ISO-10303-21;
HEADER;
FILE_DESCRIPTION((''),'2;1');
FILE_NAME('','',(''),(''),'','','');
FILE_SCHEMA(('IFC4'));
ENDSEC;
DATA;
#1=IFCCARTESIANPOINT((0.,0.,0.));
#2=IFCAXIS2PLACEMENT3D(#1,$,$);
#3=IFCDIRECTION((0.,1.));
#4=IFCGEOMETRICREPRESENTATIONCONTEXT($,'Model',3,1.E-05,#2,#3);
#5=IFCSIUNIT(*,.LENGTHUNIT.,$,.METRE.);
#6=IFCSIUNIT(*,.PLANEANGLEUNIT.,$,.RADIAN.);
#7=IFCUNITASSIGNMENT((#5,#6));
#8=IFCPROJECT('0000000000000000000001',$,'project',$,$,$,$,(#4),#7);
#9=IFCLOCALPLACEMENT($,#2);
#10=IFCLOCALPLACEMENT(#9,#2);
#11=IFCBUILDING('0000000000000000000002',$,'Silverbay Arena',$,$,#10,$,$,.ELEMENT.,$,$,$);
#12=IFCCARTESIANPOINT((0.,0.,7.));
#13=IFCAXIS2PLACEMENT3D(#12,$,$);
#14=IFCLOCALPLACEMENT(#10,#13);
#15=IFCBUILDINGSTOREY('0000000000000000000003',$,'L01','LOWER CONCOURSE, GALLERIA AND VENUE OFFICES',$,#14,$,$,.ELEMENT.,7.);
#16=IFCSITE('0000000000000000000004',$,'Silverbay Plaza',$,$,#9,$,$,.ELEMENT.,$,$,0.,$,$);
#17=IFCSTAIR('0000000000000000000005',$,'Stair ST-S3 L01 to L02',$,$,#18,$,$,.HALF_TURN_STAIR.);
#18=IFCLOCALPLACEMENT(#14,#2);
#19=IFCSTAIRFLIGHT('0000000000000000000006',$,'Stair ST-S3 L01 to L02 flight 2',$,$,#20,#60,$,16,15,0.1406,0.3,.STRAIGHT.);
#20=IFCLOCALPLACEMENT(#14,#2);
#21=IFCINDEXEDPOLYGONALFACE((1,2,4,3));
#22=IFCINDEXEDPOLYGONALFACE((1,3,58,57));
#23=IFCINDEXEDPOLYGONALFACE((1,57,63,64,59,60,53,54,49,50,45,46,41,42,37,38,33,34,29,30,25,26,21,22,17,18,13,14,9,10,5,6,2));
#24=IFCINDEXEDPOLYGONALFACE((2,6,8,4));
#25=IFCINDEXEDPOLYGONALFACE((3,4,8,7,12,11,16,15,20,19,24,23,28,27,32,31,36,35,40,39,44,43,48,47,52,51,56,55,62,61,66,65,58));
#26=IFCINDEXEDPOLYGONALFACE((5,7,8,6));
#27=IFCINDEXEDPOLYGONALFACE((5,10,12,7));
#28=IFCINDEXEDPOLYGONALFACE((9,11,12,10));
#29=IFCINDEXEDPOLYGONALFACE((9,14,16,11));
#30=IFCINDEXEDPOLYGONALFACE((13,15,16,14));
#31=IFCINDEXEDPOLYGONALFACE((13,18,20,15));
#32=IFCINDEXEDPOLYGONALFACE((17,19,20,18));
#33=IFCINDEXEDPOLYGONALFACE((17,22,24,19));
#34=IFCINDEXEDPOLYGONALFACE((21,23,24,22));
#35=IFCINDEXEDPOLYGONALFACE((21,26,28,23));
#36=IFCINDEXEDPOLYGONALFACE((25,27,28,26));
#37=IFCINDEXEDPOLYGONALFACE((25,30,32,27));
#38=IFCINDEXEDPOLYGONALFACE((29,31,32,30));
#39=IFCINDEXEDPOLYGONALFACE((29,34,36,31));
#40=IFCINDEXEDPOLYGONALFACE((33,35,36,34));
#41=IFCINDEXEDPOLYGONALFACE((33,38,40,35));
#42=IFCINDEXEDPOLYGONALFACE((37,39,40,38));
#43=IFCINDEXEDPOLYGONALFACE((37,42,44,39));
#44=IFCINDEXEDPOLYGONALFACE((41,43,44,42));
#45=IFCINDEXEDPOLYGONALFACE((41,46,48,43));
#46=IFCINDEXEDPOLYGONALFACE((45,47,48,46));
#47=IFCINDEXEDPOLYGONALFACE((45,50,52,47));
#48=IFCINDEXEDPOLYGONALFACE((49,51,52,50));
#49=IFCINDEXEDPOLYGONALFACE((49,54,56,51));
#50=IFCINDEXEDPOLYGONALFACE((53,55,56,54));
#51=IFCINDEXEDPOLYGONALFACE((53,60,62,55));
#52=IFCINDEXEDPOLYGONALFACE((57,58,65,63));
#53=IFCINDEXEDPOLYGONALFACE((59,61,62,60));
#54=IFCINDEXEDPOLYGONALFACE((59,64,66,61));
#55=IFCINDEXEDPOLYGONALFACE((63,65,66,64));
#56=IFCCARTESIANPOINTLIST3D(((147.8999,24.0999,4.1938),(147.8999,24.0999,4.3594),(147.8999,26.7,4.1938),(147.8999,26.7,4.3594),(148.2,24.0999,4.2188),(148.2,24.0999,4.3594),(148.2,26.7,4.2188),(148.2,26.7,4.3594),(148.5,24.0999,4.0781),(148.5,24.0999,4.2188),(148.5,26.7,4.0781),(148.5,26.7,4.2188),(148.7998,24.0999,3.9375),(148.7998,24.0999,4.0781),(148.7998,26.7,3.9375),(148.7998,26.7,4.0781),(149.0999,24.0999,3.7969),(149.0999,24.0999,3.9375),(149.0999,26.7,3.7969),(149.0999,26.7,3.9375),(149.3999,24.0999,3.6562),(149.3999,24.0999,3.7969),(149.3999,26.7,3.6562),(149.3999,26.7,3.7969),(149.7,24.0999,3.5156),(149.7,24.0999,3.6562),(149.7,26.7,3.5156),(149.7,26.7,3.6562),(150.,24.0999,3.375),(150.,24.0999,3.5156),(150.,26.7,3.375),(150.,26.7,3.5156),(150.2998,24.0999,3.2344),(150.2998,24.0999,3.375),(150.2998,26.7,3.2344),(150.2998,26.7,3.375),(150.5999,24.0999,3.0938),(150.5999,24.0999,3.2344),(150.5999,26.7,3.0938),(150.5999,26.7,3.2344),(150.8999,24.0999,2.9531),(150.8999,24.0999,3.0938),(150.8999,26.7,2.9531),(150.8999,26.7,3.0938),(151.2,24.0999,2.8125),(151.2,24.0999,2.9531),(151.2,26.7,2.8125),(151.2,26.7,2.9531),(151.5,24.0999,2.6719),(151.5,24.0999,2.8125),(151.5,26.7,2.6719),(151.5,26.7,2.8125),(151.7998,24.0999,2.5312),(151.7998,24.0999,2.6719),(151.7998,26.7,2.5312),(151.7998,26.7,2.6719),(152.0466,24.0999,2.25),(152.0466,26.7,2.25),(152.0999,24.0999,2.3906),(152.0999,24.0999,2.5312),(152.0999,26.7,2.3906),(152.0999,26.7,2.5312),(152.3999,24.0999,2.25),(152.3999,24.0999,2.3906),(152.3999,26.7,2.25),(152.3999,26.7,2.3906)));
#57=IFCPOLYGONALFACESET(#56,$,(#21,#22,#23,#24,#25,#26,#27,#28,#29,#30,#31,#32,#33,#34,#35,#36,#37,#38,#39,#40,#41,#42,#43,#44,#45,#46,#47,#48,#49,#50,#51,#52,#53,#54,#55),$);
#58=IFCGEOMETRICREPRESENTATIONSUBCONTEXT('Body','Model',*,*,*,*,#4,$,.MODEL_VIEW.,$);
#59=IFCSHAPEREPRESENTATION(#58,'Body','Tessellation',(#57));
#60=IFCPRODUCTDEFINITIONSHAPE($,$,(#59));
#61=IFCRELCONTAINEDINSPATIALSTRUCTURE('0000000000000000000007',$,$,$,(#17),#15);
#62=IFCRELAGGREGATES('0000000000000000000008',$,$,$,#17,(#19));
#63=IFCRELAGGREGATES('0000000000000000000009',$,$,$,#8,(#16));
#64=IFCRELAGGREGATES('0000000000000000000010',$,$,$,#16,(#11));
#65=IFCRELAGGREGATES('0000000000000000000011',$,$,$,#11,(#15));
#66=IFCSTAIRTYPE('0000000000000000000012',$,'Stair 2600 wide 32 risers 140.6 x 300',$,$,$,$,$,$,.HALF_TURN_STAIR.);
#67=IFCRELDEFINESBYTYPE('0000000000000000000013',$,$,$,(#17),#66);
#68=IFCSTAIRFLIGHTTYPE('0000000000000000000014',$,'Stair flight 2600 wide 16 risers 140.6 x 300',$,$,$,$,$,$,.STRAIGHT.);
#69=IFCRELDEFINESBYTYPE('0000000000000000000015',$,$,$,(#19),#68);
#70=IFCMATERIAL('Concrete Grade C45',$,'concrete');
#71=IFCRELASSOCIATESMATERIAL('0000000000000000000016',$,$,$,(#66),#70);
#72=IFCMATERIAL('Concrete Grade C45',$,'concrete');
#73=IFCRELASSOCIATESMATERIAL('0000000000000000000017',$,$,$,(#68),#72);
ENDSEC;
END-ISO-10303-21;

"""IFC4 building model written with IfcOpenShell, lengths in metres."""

from ifc_helpers import new_model, si_unit, direction, frame, origin, place, context, subcontext, project, spatial, polyline, outline, extrude, material, type_object, element, aggregate, save


model = new_model("IFC4")

# Units and contexts
model_context = context("Model", 3, precision=1e-05, world=origin(), true_north=direction((0.0, 1.0)))
body_context = subcontext(model_context, "Body", "Model", "MODEL_VIEW")
ifc_project = project(units=[si_unit("LENGTHUNIT", "METRE"), si_unit("PLANEANGLEUNIT", "RADIAN")], contexts=[model_context])

# Site, building, storey
site_placement = place(None, origin())
site = spatial("IfcSite", under=ifc_project, at=site_placement, Name="Silverbay Plaza", CompositionType="ELEMENT", RefElevation=0.0)
building_placement = place(site_placement, origin())
building = spatial("IfcBuilding", under=site, at=building_placement, Name="Silverbay Arena", CompositionType="ELEMENT")
storey_placement = place(building_placement, frame((0.0, 0.0, 7.0)))
storey = spatial("IfcBuildingStorey", under=building, at=storey_placement, Name="L01", Description="LOWER CONCOURSE, GALLERIA AND VENUE OFFICES", CompositionType="ELEMENT", Elevation=7.0)

# Stair, stair flight
ifc_material_1 = material(Name="Concrete Grade C45", Category="concrete")
stair_type = type_object("IfcStairType", Name="Stair 2600 wide 32 risers 140.6 x 300", PredefinedType="HALF_TURN_STAIR", material=ifc_material_1)
stair_placement = place(storey_placement, origin())
stair = element("IfcStair", 1, at=stair_placement, inside=storey, type_object=stair_type, Name="Stair ST-S3 L01 to L02", PredefinedType="HALF_TURN_STAIR")
ifc_material_2 = material(Name="Concrete Grade C45", Category="concrete")
stair_flight_type = type_object("IfcStairFlightType", Name="Stair flight 2600 wide 16 risers 140.6 x 300", PredefinedType="STRAIGHT", material=ifc_material_2)
stair_flight_placement = place(storey_placement, frame((152.3999, 25.3999, 2.25), z_axis=(0.0, 0.0, 1.0), x_axis=(-1.0, 0.0, 0.0)))
stair_flight = element("IfcStairFlight", 2, at=stair_flight_placement, type_object=stair_flight_type, Name="Stair ST-S3 L01 to L02 flight 2", NumberOfRisers=16, NumberOfTreads=15, PredefinedType="STRAIGHT", RiserHeight=0.1406, TreadLength=0.3, context=body_context, shape_type="SweptSolid", body=[
    extrude(outline(polyline([(0.0, 0.0), (0.0, 0.1406), (0.3, 0.1406), (0.3, 0.2812), (0.6001, 0.2812), (0.6001, 0.4219), (0.8999, 0.4219), (0.8999, 0.5625), (1.2, 0.5625), (1.2, 0.7031), (1.5, 0.7031), (1.5, 0.8438), (1.8, 0.8438), (1.8, 0.9844), (2.1001, 0.9844), (2.1001, 1.125), (2.3999, 1.125), (2.3999, 1.2656), (2.7, 1.2656), (2.7, 1.4062), (3.0, 1.4062), (3.0, 1.5469), (3.3, 1.5469), (3.3, 1.6875), (3.6001, 1.6875), (3.6001, 1.8281), (3.8999, 1.8281), (3.8999, 1.9688), (4.2, 1.9688), (4.2, 2.1094), (4.5, 2.1094), (4.5, 1.9438), (0.3533, 0.0), (0.0, 0.0)])), frame((0.0, 1.3, 0.0), z_axis=(0.0, -1.0, 0.0), x_axis=(1.0, 0.0, 0.0)), (0.0, 0.0, 1.0), 2.6001),
])
aggregate(stair, [stair_flight])

save(model, "model.ifc")
